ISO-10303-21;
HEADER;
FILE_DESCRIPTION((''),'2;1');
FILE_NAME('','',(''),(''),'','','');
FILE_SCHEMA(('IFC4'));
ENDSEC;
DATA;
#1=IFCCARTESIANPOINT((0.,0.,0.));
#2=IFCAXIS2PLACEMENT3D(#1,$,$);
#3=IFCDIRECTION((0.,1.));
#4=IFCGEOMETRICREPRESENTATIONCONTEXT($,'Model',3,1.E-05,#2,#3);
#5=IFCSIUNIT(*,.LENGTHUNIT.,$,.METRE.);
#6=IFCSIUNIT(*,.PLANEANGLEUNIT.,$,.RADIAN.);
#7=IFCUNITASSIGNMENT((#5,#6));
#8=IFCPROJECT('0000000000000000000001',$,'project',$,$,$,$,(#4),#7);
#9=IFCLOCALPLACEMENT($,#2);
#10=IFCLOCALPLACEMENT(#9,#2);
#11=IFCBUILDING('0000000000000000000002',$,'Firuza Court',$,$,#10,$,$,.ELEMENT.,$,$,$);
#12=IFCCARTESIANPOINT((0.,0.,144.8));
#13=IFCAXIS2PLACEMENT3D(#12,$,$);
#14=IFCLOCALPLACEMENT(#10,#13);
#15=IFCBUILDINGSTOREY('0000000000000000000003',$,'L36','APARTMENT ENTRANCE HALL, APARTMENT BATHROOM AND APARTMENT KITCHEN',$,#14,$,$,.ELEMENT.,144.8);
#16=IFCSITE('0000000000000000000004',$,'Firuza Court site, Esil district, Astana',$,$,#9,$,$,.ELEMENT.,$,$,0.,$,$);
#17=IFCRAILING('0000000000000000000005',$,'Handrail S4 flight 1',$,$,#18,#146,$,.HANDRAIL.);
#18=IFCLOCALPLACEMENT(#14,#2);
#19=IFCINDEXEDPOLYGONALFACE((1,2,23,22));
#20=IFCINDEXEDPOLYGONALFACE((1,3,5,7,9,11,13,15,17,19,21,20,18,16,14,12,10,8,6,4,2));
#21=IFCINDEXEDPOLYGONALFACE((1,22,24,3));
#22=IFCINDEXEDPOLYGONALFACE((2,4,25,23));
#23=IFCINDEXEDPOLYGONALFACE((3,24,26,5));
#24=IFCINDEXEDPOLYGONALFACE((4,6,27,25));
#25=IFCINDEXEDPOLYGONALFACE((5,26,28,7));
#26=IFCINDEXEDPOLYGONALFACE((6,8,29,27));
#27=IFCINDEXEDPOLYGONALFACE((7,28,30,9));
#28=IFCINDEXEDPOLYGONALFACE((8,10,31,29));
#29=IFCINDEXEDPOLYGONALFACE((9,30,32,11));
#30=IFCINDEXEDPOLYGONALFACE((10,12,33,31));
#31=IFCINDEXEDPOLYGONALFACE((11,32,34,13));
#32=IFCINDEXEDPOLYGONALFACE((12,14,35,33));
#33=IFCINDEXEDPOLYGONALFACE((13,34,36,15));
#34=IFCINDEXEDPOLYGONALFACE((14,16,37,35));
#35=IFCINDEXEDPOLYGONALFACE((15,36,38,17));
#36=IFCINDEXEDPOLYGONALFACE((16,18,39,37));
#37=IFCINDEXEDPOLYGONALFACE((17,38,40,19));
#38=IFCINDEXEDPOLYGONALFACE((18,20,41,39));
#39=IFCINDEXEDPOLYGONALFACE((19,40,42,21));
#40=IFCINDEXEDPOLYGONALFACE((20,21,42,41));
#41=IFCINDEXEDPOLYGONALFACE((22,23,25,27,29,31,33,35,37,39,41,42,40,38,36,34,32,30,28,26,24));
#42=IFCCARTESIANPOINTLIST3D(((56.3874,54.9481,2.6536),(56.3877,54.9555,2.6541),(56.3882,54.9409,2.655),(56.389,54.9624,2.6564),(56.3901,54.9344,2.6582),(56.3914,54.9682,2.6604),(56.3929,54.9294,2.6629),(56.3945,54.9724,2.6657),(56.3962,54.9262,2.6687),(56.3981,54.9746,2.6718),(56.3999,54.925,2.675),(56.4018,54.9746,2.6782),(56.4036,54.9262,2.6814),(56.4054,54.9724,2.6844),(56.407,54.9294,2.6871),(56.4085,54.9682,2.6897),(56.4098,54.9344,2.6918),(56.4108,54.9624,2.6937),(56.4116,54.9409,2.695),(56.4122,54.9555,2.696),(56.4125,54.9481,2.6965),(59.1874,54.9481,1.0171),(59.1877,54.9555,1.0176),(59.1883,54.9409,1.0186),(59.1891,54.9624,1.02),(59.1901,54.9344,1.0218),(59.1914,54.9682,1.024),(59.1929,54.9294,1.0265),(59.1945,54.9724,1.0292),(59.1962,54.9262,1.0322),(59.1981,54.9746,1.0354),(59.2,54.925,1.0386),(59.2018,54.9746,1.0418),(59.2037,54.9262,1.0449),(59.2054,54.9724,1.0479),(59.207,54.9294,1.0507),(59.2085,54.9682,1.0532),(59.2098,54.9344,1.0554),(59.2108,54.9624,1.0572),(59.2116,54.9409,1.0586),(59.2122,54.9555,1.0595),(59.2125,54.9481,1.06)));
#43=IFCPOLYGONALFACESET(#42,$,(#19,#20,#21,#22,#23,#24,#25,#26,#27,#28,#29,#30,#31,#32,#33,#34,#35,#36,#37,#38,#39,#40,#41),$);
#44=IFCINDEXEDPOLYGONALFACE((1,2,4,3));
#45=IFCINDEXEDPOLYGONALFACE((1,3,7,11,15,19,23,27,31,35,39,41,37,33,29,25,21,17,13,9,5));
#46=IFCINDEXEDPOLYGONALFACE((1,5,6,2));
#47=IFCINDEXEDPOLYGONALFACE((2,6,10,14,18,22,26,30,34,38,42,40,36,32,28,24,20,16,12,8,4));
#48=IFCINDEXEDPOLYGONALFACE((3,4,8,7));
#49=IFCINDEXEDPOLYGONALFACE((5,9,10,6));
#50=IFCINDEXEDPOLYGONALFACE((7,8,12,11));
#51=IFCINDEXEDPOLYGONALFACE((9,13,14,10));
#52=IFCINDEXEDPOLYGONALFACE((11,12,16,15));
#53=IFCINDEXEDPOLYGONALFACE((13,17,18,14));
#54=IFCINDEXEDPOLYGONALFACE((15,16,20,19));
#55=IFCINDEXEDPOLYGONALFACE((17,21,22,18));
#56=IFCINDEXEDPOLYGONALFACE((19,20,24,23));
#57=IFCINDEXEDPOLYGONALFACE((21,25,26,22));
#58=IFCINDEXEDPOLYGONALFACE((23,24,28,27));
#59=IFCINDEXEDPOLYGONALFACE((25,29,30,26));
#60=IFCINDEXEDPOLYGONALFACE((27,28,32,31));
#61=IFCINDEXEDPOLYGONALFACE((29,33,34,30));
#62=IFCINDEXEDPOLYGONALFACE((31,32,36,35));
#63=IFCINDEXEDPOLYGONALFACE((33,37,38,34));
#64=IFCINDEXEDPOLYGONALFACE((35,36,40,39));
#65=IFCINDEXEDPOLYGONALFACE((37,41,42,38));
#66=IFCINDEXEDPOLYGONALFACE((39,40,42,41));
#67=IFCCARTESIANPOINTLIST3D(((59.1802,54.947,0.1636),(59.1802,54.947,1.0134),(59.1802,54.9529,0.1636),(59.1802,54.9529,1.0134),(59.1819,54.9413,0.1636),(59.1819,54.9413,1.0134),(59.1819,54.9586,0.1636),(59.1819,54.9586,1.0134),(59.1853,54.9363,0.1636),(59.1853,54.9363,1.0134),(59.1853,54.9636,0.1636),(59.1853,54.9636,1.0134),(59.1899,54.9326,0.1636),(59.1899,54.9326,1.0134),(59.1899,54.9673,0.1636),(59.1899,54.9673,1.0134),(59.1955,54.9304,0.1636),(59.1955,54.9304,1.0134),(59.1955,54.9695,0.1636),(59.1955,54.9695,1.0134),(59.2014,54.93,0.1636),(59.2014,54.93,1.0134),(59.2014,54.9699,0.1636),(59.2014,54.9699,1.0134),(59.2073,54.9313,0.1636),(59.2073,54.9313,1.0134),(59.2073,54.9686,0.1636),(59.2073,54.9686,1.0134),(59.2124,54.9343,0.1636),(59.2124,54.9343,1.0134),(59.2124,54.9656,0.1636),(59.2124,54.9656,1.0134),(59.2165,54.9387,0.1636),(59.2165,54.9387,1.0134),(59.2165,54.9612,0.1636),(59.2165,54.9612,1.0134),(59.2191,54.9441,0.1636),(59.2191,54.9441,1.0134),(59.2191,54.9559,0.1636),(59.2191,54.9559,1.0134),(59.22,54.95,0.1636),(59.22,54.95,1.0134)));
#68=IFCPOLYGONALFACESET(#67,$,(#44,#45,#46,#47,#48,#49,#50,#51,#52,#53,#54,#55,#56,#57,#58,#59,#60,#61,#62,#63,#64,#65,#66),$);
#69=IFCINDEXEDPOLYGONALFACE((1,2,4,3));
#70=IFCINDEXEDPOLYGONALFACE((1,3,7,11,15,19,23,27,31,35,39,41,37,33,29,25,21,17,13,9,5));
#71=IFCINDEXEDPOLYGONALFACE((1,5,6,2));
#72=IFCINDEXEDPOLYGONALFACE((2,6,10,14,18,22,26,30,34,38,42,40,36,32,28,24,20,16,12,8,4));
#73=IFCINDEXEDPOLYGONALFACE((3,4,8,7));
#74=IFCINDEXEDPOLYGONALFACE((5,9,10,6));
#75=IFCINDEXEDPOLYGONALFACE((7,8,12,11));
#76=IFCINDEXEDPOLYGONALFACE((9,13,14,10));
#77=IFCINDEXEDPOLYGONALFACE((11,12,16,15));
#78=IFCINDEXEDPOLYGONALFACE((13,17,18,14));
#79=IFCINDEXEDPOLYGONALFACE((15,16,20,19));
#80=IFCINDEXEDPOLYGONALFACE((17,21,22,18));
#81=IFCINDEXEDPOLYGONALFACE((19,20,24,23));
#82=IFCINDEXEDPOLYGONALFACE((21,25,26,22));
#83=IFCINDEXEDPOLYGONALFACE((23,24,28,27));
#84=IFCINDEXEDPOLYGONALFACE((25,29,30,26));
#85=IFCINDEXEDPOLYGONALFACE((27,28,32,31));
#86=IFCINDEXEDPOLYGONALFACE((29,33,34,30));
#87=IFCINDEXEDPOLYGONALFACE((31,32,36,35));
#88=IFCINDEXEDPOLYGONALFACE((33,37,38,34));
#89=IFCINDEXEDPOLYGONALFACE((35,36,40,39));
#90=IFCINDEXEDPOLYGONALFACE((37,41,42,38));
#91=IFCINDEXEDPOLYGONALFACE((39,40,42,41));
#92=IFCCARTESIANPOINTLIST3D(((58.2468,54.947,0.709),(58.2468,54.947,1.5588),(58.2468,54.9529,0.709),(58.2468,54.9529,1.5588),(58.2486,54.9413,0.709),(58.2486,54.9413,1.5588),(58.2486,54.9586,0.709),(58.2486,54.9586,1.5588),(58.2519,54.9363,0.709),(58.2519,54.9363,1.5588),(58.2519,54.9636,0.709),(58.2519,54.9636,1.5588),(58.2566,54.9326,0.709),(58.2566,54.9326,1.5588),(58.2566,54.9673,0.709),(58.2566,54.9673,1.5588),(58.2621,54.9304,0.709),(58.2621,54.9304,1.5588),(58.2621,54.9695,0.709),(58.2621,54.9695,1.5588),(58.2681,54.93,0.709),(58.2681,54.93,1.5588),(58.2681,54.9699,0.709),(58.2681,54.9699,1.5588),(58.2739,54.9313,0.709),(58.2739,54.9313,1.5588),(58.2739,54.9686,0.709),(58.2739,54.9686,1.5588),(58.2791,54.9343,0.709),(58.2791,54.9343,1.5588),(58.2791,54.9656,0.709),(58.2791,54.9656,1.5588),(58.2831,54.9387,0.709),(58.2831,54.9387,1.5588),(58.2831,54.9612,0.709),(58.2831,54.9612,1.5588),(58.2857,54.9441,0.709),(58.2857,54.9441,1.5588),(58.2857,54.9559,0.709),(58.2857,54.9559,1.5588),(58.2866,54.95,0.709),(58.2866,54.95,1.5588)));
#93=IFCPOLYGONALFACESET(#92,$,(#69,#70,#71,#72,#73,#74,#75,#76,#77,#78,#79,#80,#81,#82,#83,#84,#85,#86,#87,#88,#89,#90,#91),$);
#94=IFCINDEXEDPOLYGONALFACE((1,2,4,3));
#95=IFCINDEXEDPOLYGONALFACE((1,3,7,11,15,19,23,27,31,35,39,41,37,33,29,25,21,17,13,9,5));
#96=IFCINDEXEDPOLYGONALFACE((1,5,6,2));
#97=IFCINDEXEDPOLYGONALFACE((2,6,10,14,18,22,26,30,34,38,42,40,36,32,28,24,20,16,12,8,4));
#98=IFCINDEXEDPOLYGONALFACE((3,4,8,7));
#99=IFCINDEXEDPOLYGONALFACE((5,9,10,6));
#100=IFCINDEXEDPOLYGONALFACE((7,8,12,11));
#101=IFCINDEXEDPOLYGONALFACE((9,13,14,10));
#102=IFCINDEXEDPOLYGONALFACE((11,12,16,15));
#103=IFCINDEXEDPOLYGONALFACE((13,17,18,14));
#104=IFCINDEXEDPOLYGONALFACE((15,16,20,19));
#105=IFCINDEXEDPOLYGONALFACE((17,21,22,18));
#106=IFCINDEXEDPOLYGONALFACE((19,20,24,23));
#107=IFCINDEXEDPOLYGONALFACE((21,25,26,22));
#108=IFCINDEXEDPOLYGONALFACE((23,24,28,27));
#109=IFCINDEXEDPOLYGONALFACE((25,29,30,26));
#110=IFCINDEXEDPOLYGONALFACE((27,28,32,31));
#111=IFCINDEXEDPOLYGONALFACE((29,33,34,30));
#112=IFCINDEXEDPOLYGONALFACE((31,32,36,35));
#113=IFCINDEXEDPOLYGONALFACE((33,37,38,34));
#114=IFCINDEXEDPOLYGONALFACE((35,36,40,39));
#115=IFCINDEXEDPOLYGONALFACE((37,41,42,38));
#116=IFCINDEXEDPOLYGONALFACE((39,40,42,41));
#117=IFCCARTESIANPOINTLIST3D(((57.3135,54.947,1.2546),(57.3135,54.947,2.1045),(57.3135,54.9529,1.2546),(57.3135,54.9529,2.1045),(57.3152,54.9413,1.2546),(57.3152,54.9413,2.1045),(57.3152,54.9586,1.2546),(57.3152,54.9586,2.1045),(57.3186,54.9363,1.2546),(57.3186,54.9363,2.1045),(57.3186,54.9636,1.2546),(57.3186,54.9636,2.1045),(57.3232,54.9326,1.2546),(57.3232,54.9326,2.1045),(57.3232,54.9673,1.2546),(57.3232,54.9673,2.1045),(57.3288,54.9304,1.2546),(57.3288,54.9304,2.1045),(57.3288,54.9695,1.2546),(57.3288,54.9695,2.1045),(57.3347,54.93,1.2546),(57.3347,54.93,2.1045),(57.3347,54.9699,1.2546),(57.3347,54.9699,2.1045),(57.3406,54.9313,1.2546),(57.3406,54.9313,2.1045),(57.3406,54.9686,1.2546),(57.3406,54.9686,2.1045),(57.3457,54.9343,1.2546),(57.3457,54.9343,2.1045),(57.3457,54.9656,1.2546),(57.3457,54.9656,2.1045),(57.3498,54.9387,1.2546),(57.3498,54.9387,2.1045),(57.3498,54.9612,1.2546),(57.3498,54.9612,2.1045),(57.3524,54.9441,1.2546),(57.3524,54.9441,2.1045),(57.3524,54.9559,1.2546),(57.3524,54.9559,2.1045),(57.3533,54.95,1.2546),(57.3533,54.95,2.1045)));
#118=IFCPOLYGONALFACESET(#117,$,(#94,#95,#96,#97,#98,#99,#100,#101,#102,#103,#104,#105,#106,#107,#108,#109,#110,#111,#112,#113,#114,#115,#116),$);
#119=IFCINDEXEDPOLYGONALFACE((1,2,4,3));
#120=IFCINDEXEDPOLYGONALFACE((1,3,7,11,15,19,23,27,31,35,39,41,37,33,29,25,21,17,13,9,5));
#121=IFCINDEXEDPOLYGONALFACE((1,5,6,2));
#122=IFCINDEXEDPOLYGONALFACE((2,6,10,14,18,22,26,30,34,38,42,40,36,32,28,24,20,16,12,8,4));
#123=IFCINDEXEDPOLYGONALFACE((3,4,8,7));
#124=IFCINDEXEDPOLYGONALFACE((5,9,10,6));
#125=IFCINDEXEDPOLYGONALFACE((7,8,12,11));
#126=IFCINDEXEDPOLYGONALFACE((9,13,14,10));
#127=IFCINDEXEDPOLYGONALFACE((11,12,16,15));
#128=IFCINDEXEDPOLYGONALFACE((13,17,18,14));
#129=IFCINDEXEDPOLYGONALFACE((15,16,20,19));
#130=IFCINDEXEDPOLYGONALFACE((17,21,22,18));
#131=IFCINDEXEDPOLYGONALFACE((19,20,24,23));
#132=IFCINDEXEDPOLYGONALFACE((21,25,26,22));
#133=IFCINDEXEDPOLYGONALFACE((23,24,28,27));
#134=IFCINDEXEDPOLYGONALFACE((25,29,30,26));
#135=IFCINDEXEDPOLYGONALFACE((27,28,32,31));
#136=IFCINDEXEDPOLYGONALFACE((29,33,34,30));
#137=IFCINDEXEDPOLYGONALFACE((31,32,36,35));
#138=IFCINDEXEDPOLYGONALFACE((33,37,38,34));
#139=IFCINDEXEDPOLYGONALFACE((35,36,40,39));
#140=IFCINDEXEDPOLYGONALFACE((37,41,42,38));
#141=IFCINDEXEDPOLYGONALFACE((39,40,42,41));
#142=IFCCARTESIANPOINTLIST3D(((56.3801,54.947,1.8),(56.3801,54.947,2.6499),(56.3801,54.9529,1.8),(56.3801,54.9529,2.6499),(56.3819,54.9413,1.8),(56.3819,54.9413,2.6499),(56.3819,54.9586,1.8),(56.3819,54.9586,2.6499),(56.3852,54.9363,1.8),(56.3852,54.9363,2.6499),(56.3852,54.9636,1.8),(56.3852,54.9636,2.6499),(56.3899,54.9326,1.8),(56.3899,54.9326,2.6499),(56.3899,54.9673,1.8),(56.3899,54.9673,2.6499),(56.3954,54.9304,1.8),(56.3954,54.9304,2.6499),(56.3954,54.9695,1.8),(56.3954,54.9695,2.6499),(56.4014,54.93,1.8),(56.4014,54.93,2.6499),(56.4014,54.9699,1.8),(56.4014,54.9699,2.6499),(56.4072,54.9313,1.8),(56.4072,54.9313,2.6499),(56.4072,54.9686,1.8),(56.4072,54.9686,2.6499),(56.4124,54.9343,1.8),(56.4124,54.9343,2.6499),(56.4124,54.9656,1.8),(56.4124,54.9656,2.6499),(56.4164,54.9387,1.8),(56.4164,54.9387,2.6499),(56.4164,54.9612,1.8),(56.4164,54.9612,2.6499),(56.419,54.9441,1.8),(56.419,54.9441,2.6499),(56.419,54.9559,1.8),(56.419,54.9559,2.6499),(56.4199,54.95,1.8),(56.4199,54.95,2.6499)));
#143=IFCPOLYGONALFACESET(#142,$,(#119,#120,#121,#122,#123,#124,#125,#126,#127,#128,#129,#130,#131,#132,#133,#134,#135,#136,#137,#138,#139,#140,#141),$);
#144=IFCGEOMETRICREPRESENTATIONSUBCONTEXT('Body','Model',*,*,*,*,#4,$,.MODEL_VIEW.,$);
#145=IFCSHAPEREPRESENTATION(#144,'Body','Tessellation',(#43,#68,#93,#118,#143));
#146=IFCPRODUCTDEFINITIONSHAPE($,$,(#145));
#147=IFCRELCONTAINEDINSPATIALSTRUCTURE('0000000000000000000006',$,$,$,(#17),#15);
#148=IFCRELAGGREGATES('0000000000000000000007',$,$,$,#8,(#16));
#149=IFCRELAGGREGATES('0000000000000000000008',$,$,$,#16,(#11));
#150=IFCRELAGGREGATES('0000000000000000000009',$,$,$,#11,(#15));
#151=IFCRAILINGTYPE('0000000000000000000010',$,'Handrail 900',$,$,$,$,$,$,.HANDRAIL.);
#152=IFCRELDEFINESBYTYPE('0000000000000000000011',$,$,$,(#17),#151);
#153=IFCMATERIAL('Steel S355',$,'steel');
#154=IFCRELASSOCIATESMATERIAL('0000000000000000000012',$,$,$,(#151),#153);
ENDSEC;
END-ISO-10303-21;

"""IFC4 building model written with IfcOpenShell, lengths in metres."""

from ifc_helpers import new_model, si_unit, direction, frame, origin, origin_2d, place, context, subcontext, project, spatial, circle, extrude, material, type_object, element, save


model = new_model("IFC4")

# Units and contexts
model_context = context("Model", 3, precision=1e-05, world=origin(), true_north=direction((0.0, 1.0)))
body_context = subcontext(model_context, "Body", "Model", "MODEL_VIEW")
ifc_project = project(units=[si_unit("LENGTHUNIT", "METRE"), si_unit("PLANEANGLEUNIT", "RADIAN")], contexts=[model_context])

# Site, building, storey
site_placement = place(None, origin())
site = spatial("IfcSite", under=ifc_project, at=site_placement, Name="Firuza Court site, Esil district, Astana", CompositionType="ELEMENT", RefElevation=0.0)
building_placement = place(site_placement, origin())
building = spatial("IfcBuilding", under=site, at=building_placement, Name="Firuza Court", CompositionType="ELEMENT")
storey_placement = place(building_placement, frame((0.0, 0.0, 144.8)))
storey = spatial("IfcBuildingStorey", under=building, at=storey_placement, Name="L36", Description="APARTMENT ENTRANCE HALL, APARTMENT BATHROOM AND APARTMENT KITCHEN", CompositionType="ELEMENT", Elevation=144.8)

# Railing
ifc_material_1 = material(Name="Steel S355", Category="steel")
railing_type_1 = type_object("IfcRailingType", Name="Handrail 900", PredefinedType="HANDRAIL", material=ifc_material_1)
railing_1_placement = place(storey_placement, frame((59.2, 54.95, 0.1636)))
element("IfcRailing", 1, at=railing_1_placement, inside=storey, type_object=railing_type_1, Name="Handrail S4 flight 1", PredefinedType="HANDRAIL", context=body_context, shape_type="SweptSolid", body=[
    extrude(circle(Radius=0.0249, at=origin_2d()), frame((0.0, 0.0, 0.875), z_axis=(-0.863361, 0.0, 0.504587), x_axis=(0.0, -1.0, 0.0)), (0.0, 0.0, 1.0), 3.2432),
    extrude(circle(Radius=0.02, at=origin_2d()), origin(), (0.0, 0.0, 1.0), 0.8499),
    extrude(circle(Radius=0.02, at=origin_2d()), frame((-0.9333, 0.0, 0.5454)), (0.0, 0.0, 1.0), 0.8499),
    extrude(circle(Radius=0.02, at=origin_2d()), frame((-1.8667, 0.0, 1.0911)), (0.0, 0.0, 1.0), 0.8499),
    extrude(circle(Radius=0.02, at=origin_2d()), frame((-2.8, 0.0, 1.6365)), (0.0, 0.0, 1.0), 0.8499),
])

save(model, "model.ifc")
